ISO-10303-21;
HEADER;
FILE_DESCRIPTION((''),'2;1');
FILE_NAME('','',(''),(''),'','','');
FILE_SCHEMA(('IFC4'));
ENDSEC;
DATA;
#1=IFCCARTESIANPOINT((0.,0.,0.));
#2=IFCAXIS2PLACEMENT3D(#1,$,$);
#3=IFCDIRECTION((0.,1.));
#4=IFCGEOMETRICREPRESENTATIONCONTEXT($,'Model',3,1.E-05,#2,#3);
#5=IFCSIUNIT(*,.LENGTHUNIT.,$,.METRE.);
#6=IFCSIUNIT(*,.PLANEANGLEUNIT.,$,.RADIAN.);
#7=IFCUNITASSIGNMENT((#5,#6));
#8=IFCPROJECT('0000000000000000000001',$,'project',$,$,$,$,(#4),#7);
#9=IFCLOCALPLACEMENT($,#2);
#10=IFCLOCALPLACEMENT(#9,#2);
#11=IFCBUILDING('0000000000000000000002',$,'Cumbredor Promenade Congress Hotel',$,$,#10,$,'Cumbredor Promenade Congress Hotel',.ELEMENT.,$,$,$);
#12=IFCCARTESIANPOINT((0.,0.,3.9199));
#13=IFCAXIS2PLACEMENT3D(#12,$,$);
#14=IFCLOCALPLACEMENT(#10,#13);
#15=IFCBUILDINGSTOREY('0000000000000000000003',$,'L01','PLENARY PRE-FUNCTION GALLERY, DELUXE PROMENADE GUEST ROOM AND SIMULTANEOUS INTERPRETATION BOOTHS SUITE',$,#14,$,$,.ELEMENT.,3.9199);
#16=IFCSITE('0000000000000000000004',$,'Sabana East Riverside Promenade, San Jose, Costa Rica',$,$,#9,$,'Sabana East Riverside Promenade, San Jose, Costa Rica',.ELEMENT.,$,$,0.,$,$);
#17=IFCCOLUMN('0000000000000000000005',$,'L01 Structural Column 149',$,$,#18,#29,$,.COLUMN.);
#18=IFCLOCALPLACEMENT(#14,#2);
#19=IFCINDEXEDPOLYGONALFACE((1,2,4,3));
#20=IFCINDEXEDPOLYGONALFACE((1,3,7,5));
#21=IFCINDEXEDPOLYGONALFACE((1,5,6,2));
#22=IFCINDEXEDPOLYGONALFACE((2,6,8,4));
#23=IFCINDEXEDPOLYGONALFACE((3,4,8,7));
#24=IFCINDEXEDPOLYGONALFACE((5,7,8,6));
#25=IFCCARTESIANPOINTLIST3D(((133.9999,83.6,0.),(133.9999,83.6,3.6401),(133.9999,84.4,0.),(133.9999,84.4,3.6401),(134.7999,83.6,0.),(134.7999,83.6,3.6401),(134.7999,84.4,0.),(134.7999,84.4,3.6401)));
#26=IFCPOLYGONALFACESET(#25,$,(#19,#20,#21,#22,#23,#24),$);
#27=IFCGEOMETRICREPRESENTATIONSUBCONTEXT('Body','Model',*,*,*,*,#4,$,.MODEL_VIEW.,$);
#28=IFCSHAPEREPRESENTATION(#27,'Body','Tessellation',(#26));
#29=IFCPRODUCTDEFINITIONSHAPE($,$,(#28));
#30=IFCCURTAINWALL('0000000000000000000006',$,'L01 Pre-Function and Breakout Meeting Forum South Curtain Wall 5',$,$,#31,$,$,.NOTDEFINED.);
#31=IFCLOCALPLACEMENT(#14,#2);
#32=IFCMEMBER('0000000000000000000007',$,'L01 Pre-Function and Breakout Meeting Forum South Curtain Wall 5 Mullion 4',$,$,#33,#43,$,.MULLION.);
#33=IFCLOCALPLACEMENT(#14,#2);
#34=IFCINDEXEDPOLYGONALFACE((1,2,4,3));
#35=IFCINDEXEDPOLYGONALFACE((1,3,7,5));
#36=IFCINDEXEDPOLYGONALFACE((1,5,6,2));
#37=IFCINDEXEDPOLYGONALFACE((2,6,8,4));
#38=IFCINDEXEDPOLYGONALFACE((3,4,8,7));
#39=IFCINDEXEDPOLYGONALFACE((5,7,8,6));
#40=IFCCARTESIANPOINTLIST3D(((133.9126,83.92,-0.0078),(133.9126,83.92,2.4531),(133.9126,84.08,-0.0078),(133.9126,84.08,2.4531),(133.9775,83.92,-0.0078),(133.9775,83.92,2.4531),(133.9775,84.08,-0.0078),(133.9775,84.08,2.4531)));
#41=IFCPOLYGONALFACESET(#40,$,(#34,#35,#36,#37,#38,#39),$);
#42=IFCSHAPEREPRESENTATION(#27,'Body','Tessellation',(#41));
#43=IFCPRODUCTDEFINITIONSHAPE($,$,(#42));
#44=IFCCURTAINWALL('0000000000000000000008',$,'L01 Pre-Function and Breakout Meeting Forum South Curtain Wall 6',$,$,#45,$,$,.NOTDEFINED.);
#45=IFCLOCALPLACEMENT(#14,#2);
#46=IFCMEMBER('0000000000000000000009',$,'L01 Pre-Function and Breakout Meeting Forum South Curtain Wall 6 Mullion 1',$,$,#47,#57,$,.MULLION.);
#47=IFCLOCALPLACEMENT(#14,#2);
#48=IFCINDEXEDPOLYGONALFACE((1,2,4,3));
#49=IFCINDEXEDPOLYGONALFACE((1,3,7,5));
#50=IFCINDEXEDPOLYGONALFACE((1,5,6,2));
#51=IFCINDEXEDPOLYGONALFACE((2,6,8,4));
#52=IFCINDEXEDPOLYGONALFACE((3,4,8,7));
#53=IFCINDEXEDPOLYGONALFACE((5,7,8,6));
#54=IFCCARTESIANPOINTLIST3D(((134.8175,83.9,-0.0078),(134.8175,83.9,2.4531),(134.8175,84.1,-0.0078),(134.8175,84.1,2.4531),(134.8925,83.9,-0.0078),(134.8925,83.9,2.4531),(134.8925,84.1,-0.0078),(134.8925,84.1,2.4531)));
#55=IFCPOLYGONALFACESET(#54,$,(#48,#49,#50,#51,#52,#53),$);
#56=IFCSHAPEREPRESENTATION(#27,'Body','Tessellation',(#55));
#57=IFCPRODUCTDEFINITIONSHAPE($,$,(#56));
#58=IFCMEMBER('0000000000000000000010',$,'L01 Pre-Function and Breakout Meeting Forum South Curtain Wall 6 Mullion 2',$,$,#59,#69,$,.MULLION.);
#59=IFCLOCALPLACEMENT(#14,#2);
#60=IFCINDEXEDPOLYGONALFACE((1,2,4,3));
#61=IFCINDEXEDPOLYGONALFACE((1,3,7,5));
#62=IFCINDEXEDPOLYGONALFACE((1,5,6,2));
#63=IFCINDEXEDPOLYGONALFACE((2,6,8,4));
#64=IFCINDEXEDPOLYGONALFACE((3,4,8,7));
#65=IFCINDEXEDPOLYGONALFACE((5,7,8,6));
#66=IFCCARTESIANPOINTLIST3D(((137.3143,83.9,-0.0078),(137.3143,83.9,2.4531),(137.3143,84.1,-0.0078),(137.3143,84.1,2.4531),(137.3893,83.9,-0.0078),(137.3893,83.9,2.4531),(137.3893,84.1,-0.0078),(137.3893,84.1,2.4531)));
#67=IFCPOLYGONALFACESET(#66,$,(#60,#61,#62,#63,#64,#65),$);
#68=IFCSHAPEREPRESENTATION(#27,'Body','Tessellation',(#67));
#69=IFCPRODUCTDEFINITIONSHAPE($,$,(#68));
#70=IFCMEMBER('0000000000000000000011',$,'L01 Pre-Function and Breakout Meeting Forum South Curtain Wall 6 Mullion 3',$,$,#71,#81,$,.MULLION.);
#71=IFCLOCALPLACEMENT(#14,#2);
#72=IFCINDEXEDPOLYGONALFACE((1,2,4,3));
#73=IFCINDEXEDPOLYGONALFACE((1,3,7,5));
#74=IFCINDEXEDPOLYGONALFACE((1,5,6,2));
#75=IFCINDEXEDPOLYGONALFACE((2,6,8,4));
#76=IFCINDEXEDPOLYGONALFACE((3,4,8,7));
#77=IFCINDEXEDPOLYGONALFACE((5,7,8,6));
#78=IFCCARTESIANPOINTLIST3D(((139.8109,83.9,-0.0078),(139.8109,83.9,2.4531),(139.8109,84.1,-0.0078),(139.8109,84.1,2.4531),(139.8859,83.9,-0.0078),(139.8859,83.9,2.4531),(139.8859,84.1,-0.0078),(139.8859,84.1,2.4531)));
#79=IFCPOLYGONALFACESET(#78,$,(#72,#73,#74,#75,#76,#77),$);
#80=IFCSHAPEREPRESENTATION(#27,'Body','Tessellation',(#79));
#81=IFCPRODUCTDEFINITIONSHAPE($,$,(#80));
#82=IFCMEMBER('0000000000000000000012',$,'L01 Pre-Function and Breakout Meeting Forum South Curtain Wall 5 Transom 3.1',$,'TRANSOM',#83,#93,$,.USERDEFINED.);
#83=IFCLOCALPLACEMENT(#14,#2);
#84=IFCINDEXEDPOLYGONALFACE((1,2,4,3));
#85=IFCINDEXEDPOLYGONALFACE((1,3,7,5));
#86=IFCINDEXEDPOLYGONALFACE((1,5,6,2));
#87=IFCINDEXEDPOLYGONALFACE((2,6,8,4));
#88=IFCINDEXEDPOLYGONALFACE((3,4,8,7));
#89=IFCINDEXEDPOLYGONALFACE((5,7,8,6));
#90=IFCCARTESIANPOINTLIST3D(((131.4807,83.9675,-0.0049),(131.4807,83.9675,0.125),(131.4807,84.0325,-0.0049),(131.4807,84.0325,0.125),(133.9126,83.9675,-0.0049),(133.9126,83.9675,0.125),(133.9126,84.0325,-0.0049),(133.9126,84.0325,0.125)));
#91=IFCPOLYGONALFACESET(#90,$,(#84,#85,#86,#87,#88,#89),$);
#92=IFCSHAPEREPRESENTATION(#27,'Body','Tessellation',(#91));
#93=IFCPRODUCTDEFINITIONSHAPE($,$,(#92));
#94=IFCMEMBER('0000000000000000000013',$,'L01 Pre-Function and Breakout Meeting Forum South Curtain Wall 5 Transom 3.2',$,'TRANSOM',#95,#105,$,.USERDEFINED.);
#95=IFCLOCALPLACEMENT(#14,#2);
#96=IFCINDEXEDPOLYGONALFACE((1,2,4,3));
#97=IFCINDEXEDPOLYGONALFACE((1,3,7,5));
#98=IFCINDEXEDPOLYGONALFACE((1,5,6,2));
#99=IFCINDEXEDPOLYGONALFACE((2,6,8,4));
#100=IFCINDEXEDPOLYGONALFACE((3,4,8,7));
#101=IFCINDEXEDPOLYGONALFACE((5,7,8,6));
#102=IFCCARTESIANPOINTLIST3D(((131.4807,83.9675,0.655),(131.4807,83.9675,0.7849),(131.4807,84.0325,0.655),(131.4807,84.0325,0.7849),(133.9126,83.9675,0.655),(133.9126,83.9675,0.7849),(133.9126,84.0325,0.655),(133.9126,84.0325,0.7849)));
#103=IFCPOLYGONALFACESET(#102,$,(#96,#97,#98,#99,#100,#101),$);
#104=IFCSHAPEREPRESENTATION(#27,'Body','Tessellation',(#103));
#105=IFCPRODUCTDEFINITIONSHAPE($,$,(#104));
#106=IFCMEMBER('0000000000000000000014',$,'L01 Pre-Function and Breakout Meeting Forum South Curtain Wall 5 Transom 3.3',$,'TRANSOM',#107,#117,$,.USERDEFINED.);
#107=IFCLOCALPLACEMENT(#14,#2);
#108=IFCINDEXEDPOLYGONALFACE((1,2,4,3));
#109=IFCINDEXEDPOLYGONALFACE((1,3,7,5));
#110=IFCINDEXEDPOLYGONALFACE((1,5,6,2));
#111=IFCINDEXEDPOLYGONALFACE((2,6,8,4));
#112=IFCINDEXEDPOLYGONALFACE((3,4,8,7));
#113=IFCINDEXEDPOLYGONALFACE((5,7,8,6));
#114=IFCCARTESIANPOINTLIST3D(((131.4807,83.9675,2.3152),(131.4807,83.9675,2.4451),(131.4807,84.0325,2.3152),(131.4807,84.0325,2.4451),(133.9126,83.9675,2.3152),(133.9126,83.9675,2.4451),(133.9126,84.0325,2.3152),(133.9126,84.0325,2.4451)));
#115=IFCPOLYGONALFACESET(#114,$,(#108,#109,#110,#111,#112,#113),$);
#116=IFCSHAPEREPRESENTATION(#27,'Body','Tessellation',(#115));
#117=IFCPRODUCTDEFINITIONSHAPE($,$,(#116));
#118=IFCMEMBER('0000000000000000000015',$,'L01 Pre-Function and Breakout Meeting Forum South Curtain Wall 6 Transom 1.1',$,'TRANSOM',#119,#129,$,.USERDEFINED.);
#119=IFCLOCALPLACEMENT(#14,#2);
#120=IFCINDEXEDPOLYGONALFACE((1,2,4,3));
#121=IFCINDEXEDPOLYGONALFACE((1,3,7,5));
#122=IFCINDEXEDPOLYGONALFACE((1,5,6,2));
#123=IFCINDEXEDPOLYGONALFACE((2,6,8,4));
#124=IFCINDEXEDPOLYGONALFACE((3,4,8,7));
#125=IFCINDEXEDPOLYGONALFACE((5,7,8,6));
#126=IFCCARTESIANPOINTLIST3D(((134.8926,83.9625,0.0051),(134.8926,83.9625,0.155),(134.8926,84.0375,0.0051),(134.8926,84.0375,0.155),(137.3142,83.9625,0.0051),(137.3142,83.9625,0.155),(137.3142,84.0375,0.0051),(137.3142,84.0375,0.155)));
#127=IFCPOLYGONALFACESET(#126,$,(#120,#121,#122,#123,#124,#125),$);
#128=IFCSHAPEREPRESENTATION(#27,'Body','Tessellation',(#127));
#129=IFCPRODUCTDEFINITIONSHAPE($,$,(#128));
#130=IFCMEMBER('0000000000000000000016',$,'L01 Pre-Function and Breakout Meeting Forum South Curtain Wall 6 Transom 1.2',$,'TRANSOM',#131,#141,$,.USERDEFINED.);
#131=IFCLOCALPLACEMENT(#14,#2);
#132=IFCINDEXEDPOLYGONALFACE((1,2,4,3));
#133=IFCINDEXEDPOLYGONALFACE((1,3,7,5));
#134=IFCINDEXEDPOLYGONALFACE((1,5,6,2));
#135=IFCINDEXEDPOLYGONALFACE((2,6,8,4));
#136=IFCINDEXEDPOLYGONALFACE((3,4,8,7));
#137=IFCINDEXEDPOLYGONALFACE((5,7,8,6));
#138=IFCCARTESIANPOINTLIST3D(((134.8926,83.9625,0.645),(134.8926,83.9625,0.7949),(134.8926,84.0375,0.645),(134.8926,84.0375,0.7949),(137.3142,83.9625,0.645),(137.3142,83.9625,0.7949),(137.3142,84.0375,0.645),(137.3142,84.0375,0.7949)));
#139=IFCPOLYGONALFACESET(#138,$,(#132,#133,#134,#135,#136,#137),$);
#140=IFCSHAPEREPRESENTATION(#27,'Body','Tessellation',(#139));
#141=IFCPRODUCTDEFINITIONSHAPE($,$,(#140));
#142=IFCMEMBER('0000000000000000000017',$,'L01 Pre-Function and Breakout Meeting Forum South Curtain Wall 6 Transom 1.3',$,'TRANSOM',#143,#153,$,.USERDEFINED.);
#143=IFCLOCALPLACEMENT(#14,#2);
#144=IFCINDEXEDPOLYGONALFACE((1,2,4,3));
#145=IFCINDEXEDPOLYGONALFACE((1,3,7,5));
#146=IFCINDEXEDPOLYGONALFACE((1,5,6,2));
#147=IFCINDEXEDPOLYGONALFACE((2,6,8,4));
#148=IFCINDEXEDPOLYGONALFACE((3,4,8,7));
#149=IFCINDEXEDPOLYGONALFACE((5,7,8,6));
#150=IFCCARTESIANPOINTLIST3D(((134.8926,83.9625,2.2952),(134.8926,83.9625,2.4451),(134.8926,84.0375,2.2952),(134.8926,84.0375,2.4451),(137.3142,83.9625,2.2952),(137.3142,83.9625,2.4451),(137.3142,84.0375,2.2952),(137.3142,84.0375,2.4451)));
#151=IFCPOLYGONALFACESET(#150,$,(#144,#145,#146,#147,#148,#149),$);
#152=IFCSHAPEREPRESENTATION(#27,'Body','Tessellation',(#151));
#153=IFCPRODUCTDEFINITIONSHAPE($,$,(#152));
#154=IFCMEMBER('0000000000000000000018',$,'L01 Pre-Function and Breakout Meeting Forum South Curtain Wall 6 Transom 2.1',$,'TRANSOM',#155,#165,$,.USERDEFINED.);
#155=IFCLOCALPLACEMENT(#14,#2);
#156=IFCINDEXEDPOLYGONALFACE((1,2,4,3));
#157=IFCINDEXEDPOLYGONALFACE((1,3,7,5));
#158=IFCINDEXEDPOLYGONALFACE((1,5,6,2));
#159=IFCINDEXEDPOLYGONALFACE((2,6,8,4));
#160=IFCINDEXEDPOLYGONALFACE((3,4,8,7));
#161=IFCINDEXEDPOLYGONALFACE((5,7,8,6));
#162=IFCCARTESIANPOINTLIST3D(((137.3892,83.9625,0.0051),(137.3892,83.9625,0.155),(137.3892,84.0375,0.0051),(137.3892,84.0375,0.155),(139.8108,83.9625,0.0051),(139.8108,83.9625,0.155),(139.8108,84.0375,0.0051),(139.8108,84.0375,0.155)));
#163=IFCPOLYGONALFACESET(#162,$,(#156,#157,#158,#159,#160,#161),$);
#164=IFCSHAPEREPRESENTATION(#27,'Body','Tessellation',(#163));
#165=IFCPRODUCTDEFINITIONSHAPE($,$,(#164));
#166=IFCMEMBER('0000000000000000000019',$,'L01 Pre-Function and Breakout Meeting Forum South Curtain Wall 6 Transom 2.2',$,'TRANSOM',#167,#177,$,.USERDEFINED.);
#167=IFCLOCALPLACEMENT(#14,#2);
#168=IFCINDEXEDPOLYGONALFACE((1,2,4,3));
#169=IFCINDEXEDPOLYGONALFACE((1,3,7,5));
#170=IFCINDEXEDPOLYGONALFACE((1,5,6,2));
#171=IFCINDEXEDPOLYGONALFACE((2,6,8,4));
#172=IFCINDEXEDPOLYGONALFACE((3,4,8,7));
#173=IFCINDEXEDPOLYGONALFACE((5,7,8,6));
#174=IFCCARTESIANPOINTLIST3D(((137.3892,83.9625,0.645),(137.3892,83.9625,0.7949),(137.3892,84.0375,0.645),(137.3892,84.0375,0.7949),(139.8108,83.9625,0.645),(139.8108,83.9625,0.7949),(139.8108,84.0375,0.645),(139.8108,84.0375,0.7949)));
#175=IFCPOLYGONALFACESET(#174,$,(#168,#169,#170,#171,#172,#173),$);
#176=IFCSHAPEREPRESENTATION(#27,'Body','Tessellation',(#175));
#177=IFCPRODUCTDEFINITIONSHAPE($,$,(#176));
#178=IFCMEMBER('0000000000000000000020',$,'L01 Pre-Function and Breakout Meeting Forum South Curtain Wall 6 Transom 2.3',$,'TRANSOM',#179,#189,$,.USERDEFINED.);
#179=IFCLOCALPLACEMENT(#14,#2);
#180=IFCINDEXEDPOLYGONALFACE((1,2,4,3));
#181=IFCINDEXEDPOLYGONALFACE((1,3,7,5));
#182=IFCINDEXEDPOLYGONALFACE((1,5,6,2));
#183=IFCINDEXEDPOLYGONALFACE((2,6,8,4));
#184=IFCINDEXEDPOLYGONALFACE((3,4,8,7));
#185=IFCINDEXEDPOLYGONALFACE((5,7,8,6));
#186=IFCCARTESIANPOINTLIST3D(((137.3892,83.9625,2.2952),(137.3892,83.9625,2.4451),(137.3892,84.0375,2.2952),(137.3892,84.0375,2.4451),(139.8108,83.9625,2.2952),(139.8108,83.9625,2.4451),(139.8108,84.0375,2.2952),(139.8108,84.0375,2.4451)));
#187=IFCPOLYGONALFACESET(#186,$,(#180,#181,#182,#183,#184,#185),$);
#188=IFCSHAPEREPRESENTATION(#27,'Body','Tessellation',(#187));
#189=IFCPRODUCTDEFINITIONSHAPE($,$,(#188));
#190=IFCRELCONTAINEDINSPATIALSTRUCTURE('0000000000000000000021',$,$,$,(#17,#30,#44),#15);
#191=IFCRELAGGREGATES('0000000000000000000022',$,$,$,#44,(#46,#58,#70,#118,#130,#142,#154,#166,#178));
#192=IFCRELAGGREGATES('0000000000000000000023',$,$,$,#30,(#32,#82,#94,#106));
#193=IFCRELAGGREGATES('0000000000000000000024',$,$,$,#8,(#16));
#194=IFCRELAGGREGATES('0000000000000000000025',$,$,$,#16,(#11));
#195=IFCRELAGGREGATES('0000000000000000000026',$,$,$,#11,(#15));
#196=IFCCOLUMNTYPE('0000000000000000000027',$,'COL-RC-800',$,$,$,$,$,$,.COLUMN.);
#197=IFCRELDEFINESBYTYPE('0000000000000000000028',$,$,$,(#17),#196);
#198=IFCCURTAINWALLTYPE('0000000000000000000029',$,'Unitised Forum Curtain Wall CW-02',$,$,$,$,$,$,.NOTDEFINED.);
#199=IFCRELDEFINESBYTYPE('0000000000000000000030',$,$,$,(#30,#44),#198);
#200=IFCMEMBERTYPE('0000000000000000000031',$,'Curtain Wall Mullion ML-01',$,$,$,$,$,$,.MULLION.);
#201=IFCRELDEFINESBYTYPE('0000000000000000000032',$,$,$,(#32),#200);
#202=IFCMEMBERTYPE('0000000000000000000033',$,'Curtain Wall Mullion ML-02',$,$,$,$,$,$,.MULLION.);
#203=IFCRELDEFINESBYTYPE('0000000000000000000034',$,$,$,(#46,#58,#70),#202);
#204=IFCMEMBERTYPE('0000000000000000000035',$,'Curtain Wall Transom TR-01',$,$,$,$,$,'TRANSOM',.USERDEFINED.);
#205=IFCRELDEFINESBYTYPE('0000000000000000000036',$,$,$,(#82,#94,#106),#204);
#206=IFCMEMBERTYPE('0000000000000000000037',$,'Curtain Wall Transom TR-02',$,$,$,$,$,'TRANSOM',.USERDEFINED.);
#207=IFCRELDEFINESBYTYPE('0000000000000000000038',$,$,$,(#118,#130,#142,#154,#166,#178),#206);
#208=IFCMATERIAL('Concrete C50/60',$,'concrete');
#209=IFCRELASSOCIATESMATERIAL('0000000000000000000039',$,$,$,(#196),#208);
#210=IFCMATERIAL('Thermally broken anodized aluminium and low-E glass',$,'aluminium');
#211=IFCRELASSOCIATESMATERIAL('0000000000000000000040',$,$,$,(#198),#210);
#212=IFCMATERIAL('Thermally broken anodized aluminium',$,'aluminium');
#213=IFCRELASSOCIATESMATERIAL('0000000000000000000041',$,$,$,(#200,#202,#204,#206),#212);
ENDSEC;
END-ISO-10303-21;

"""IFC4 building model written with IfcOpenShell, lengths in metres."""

from ifc_helpers import new_model, si_unit, direction, frame, origin, origin_2d, place, context, subcontext, project, spatial, rectangle, extrude, material, material_profile, profile_set, type_object, element, aggregate, save


model = new_model("IFC4")

# Units and contexts
model_context = context("Model", 3, precision=1e-05, world=origin(), true_north=direction((0.0, 1.0)))
body_context = subcontext(model_context, "Body", "Model", "MODEL_VIEW")
ifc_project = project(units=[si_unit("LENGTHUNIT", "METRE"), si_unit("PLANEANGLEUNIT", "RADIAN")], contexts=[model_context])

# Site, building, storey
site_placement = place(None, origin())
site = spatial("IfcSite", under=ifc_project, at=site_placement, Name="Sabana East Riverside Promenade, San Jose, Costa Rica", LongName="Sabana East Riverside Promenade, San Jose, Costa Rica", CompositionType="ELEMENT", RefElevation=0.0)
building_placement = place(site_placement, origin())
building = spatial("IfcBuilding", under=site, at=building_placement, Name="Cumbredor Promenade Congress Hotel", LongName="Cumbredor Promenade Congress Hotel", CompositionType="ELEMENT")
storey_placement = place(building_placement, frame((0.0, 0.0, 3.9199)))
storey = spatial("IfcBuildingStorey", under=building, at=storey_placement, Name="L01", Description="PLENARY PRE-FUNCTION GALLERY, DELUXE PROMENADE GUEST ROOM AND SIMULTANEOUS INTERPRETATION BOOTHS SUITE", CompositionType="ELEMENT", Elevation=3.9199)

# Column
ifc_material_1 = material(Name="Concrete C50/60", Category="concrete")
ifc_material_profile_1 = material_profile(ifc_material_1, rectangle(XDim=0.8, YDim=0.8, at=origin_2d()), Name="RC 800x800")
ifc_profile_set_1 = profile_set([ifc_material_profile_1], Name="Concrete C50/60")
column_type = type_object("IfcColumnType", Name="COL-RC-800", PredefinedType="COLUMN", material=ifc_profile_set_1)
column_placement = place(storey_placement, frame((134.3999, 84.0, 0.0), z_axis=(0.0, 0.0, 1.0), x_axis=(1.0, 0.0, 0.0)))
element("IfcColumn", 1, at=column_placement, inside=storey, type_object=column_type, Name="L01 Structural Column 149", PredefinedType="COLUMN", context=body_context, shape_type="SweptSolid", body=[
    extrude(rectangle(XDim=0.8, YDim=0.8, at=origin_2d()), origin(), (0.0, 0.0, 1.0), 3.6401),
])

# Curtain wall, member
ifc_material_2 = material(Name="Thermally broken anodized aluminium and low-E glass", Category="aluminium")
curtain_wall_type = type_object("IfcCurtainWallType", Name="Unitised Forum Curtain Wall CW-02", PredefinedType="NOTDEFINED", material=ifc_material_2)
curtain_wall_1_placement = place(storey_placement, origin())
curtain_wall_1 = element("IfcCurtainWall", 2, at=curtain_wall_1_placement, inside=storey, type_object=curtain_wall_type, Name="L01 Pre-Function and Breakout Meeting Forum South Curtain Wall 5", PredefinedType="NOTDEFINED")
ifc_material_3 = material(Name="Thermally broken anodized aluminium", Category="aluminium")
ifc_material_profile_2 = material_profile(ifc_material_3, rectangle(XDim=0.0649, YDim=0.1599, at=origin_2d()), Name="ALU MULLION 65x160")
ifc_profile_set_2 = profile_set([ifc_material_profile_2], Name="Thermally broken anodized aluminium")
member_type_1 = type_object("IfcMemberType", Name="Curtain Wall Mullion ML-01", PredefinedType="MULLION", material=ifc_profile_set_2)
member_1_placement = place(storey_placement, frame((133.9451, 84.0, -0.0078), z_axis=(0.0, 0.0, 1.0), x_axis=(1.0, 0.0, 0.0)))
member_1 = element("IfcMember", 3, at=member_1_placement, type_object=member_type_1, Name="L01 Pre-Function and Breakout Meeting Forum South Curtain Wall 5 Mullion 4", PredefinedType="MULLION", context=body_context, shape_type="SweptSolid", body=[
    extrude(rectangle(XDim=0.0649, YDim=0.1599, at=origin_2d()), origin(), (0.0, 0.0, 1.0), 2.4609),
])

# Curtain wall, members
curtain_wall_2_placement = place(storey_placement, origin())
curtain_wall_2 = element("IfcCurtainWall", 4, at=curtain_wall_2_placement, inside=storey, type_object=curtain_wall_type, Name="L01 Pre-Function and Breakout Meeting Forum South Curtain Wall 6", PredefinedType="NOTDEFINED")
ifc_material_profile_3 = material_profile(ifc_material_3, rectangle(XDim=0.075, YDim=0.2, at=origin_2d()), Name="ALU MULLION 75x200")
ifc_profile_set_3 = profile_set([ifc_material_profile_3], Name="Thermally broken anodized aluminium")
member_type_2 = type_object("IfcMemberType", Name="Curtain Wall Mullion ML-02", PredefinedType="MULLION", material=ifc_profile_set_3)
member_2_placement = place(storey_placement, frame((134.855, 84.0, -0.0078), z_axis=(0.0, 0.0, 1.0), x_axis=(1.0, 0.0, 0.0)))
member_2 = element("IfcMember", 5, at=member_2_placement, type_object=member_type_2, Name="L01 Pre-Function and Breakout Meeting Forum South Curtain Wall 6 Mullion 1", PredefinedType="MULLION", context=body_context, shape_type="SweptSolid", body=[
    extrude(rectangle(XDim=0.075, YDim=0.2, at=origin_2d()), origin(), (0.0, 0.0, 1.0), 2.4609),
])
member_3_placement = place(storey_placement, frame((137.3518, 84.0, -0.0078), z_axis=(0.0, 0.0, 1.0), x_axis=(1.0, 0.0, 0.0)))
member_3 = element("IfcMember", 6, at=member_3_placement, type_object=member_type_2, Name="L01 Pre-Function and Breakout Meeting Forum South Curtain Wall 6 Mullion 2", PredefinedType="MULLION", context=body_context, shape_type="SweptSolid", body=[
    extrude(rectangle(XDim=0.075, YDim=0.2, at=origin_2d()), origin(), (0.0, 0.0, 1.0), 2.4609),
])
member_4_placement = place(storey_placement, frame((139.8484, 84.0, -0.0078), z_axis=(0.0, 0.0, 1.0), x_axis=(1.0, 0.0, 0.0)))
member_4 = element("IfcMember", 7, at=member_4_placement, type_object=member_type_2, Name="L01 Pre-Function and Breakout Meeting Forum South Curtain Wall 6 Mullion 3", PredefinedType="MULLION", context=body_context, shape_type="SweptSolid", body=[
    extrude(rectangle(XDim=0.075, YDim=0.2, at=origin_2d()), origin(), (0.0, 0.0, 1.0), 2.4609),
])

# Members
ifc_material_profile_4 = material_profile(ifc_material_3, rectangle(XDim=0.0649, YDim=0.1299, at=origin_2d()), Name="ALU TRANSOM 65x130")
ifc_profile_set_4 = profile_set([ifc_material_profile_4], Name="Thermally broken anodized aluminium")
member_type_3 = type_object("IfcMemberType", Name="Curtain Wall Transom TR-01", ElementType="TRANSOM", PredefinedType="USERDEFINED", material=ifc_profile_set_4)
member_5_placement = place(storey_placement, frame((131.4807, 84.0, 0.0601), z_axis=(1.0, 0.0, 0.0), x_axis=(0.0, 1.0, 0.0)))
member_5 = element("IfcMember", 8, at=member_5_placement, type_object=member_type_3, Name="L01 Pre-Function and Breakout Meeting Forum South Curtain Wall 5 Transom 3.1", ObjectType="TRANSOM", PredefinedType="USERDEFINED", context=body_context, shape_type="SweptSolid", body=[
    extrude(rectangle(XDim=0.0649, YDim=0.1299, at=origin_2d()), origin(), (0.0, 0.0, 1.0), 2.4319),
])
member_6_placement = place(storey_placement, frame((131.4807, 84.0, 0.72), z_axis=(1.0, 0.0, 0.0), x_axis=(0.0, 1.0, 0.0)))
member_6 = element("IfcMember", 9, at=member_6_placement, type_object=member_type_3, Name="L01 Pre-Function and Breakout Meeting Forum South Curtain Wall 5 Transom 3.2", ObjectType="TRANSOM", PredefinedType="USERDEFINED", context=body_context, shape_type="SweptSolid", body=[
    extrude(rectangle(XDim=0.0649, YDim=0.1299, at=origin_2d()), origin(), (0.0, 0.0, 1.0), 2.4319),
])
member_7_placement = place(storey_placement, frame((131.4807, 84.0, 2.3801), z_axis=(1.0, 0.0, 0.0), x_axis=(0.0, 1.0, 0.0)))
member_7 = element("IfcMember", 10, at=member_7_placement, type_object=member_type_3, Name="L01 Pre-Function and Breakout Meeting Forum South Curtain Wall 5 Transom 3.3", ObjectType="TRANSOM", PredefinedType="USERDEFINED", context=body_context, shape_type="SweptSolid", body=[
    extrude(rectangle(XDim=0.0649, YDim=0.1299, at=origin_2d()), origin(), (0.0, 0.0, 1.0), 2.4319),
])
ifc_material_profile_5 = material_profile(ifc_material_3, rectangle(XDim=0.075, YDim=0.1499, at=origin_2d()), Name="ALU TRANSOM 75x150")
ifc_profile_set_5 = profile_set([ifc_material_profile_5], Name="Thermally broken anodized aluminium")
member_type_4 = type_object("IfcMemberType", Name="Curtain Wall Transom TR-02", ElementType="TRANSOM", PredefinedType="USERDEFINED", material=ifc_profile_set_5)
member_8_placement = place(storey_placement, frame((134.8926, 84.0, 0.0801), z_axis=(1.0, 0.0, 0.0), x_axis=(0.0, 1.0, 0.0)))
member_8 = element("IfcMember", 11, at=member_8_placement, type_object=member_type_4, Name="L01 Pre-Function and Breakout Meeting Forum South Curtain Wall 6 Transom 1.1", ObjectType="TRANSOM", PredefinedType="USERDEFINED", context=body_context, shape_type="SweptSolid", body=[
    extrude(rectangle(XDim=0.075, YDim=0.1499, at=origin_2d()), origin(), (0.0, 0.0, 1.0), 2.4216),
])
member_9_placement = place(storey_placement, frame((134.8926, 84.0, 0.72), z_axis=(1.0, 0.0, 0.0), x_axis=(0.0, 1.0, 0.0)))
member_9 = element("IfcMember", 12, at=member_9_placement, type_object=member_type_4, Name="L01 Pre-Function and Breakout Meeting Forum South Curtain Wall 6 Transom 1.2", ObjectType="TRANSOM", PredefinedType="USERDEFINED", context=body_context, shape_type="SweptSolid", body=[
    extrude(rectangle(XDim=0.075, YDim=0.1499, at=origin_2d()), origin(), (0.0, 0.0, 1.0), 2.4216),
])
member_10_placement = place(storey_placement, frame((134.8926, 84.0, 2.3701), z_axis=(1.0, 0.0, 0.0), x_axis=(0.0, 1.0, 0.0)))
member_10 = element("IfcMember", 13, at=member_10_placement, type_object=member_type_4, Name="L01 Pre-Function and Breakout Meeting Forum South Curtain Wall 6 Transom 1.3", ObjectType="TRANSOM", PredefinedType="USERDEFINED", context=body_context, shape_type="SweptSolid", body=[
    extrude(rectangle(XDim=0.075, YDim=0.1499, at=origin_2d()), origin(), (0.0, 0.0, 1.0), 2.4216),
])
member_11_placement = place(storey_placement, frame((137.3892, 84.0, 0.0801), z_axis=(1.0, 0.0, 0.0), x_axis=(0.0, 1.0, 0.0)))
member_11 = element("IfcMember", 14, at=member_11_placement, type_object=member_type_4, Name="L01 Pre-Function and Breakout Meeting Forum South Curtain Wall 6 Transom 2.1", ObjectType="TRANSOM", PredefinedType="USERDEFINED", context=body_context, shape_type="SweptSolid", body=[
    extrude(rectangle(XDim=0.075, YDim=0.1499, at=origin_2d()), origin(), (0.0, 0.0, 1.0), 2.4216),
])
member_12_placement = place(storey_placement, frame((137.3892, 84.0, 0.72), z_axis=(1.0, 0.0, 0.0), x_axis=(0.0, 1.0, 0.0)))
member_12 = element("IfcMember", 15, at=member_12_placement, type_object=member_type_4, Name="L01 Pre-Function and Breakout Meeting Forum South Curtain Wall 6 Transom 2.2", ObjectType="TRANSOM", PredefinedType="USERDEFINED", context=body_context, shape_type="SweptSolid", body=[
    extrude(rectangle(XDim=0.075, YDim=0.1499, at=origin_2d()), origin(), (0.0, 0.0, 1.0), 2.4216),
])
member_13_placement = place(storey_placement, frame((137.3892, 84.0, 2.3701), z_axis=(1.0, 0.0, 0.0), x_axis=(0.0, 1.0, 0.0)))
member_13 = element("IfcMember", 16, at=member_13_placement, type_object=member_type_4, Name="L01 Pre-Function and Breakout Meeting Forum South Curtain Wall 6 Transom 2.3", ObjectType="TRANSOM", PredefinedType="USERDEFINED", context=body_context, shape_type="SweptSolid", body=[
    extrude(rectangle(XDim=0.075, YDim=0.1499, at=origin_2d()), origin(), (0.0, 0.0, 1.0), 2.4216),
])

aggregate(curtain_wall_2, [member_2, member_3, member_4, member_8, member_9, member_10, member_11, member_12, member_13])
aggregate(curtain_wall_1, [member_1, member_5, member_6, member_7])

save(model, "model.ifc")
